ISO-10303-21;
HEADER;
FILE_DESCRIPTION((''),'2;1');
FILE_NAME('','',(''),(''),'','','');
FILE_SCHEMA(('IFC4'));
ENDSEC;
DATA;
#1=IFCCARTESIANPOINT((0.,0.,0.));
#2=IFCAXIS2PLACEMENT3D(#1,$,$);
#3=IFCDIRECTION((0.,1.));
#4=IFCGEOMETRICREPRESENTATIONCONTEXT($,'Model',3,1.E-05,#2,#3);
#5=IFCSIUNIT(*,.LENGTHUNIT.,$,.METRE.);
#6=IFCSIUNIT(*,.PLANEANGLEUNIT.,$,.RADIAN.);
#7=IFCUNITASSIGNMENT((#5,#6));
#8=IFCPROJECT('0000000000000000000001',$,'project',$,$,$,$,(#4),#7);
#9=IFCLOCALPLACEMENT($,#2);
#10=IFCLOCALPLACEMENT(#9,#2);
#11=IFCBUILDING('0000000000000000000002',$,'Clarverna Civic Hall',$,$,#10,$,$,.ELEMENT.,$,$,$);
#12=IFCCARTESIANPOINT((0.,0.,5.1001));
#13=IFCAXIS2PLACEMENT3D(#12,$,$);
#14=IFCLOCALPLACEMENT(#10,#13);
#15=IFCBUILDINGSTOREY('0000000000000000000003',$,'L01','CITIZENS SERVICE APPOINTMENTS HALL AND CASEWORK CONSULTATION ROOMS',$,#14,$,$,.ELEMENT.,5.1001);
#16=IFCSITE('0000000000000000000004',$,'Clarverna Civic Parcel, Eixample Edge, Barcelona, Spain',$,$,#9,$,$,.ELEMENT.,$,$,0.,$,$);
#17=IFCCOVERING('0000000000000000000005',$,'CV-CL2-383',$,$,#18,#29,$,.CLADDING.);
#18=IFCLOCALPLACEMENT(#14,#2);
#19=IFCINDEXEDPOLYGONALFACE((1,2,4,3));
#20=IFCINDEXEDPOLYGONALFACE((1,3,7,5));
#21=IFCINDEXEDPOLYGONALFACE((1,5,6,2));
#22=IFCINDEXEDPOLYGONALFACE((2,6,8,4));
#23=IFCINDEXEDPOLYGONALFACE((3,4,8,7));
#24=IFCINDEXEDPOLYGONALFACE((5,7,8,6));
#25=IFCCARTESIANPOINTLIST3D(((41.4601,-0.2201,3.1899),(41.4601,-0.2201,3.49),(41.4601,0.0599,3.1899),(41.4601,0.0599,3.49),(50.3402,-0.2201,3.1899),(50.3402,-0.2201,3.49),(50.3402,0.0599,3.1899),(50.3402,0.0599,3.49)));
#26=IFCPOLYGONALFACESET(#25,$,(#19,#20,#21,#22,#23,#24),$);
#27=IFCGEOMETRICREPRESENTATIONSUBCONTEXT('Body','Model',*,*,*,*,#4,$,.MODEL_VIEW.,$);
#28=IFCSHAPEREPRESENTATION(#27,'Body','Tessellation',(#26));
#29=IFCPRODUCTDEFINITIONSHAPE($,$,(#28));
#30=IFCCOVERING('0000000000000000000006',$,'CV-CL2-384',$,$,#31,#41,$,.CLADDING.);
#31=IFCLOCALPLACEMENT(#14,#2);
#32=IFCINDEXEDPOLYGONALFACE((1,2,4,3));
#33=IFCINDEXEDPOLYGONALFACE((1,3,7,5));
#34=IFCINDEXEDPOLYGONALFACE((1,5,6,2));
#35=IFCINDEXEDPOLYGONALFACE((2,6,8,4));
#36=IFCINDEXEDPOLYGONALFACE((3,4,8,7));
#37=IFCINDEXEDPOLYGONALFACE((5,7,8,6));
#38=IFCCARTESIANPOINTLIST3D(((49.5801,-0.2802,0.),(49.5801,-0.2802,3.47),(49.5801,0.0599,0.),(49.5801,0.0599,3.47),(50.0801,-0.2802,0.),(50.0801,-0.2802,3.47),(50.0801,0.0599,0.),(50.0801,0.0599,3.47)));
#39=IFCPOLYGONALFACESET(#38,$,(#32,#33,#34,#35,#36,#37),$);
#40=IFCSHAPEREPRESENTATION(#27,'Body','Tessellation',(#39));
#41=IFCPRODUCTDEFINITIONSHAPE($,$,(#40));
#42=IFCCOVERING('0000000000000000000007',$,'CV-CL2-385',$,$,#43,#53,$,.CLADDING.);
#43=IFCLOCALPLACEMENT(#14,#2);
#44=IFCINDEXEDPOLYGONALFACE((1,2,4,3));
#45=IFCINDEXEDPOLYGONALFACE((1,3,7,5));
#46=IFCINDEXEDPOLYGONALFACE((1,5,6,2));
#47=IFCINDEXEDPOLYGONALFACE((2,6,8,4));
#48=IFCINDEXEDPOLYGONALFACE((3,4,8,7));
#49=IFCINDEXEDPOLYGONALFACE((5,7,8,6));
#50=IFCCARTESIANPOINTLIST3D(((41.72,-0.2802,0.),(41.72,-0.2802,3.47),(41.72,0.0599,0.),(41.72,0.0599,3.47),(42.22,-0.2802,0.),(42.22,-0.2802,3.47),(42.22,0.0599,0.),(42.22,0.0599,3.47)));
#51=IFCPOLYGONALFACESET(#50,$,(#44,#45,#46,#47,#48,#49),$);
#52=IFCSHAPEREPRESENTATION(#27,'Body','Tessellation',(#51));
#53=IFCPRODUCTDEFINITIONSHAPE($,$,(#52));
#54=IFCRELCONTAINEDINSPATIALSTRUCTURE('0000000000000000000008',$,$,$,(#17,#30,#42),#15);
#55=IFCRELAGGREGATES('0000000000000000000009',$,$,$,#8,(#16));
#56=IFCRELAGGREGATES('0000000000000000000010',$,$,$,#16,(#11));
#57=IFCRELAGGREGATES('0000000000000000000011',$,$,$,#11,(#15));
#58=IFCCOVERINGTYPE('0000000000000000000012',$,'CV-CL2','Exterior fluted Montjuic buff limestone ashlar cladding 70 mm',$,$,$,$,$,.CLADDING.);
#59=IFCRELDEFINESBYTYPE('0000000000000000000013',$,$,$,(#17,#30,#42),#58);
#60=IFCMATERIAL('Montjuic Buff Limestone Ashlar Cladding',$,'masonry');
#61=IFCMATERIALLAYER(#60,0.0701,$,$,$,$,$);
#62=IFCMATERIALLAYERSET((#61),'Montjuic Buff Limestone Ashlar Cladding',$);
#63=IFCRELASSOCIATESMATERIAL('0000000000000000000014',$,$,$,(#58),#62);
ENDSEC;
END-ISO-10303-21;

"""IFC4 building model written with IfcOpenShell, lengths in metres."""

from ifc_helpers import new_model, si_unit, direction, frame, frame_2d, origin, place, context, subcontext, project, spatial, rectangle, extrude, material, layer, layer_set, type_object, element, save


model = new_model("IFC4")

# Units and contexts
model_context = context("Model", 3, precision=1e-05, world=origin(), true_north=direction((0.0, 1.0)))
body_context = subcontext(model_context, "Body", "Model", "MODEL_VIEW")
ifc_project = project(units=[si_unit("LENGTHUNIT", "METRE"), si_unit("PLANEANGLEUNIT", "RADIAN")], contexts=[model_context])

# Site, building, storey
site_placement = place(None, origin())
site = spatial("IfcSite", under=ifc_project, at=site_placement, Name="Clarverna Civic Parcel, Eixample Edge, Barcelona, Spain", CompositionType="ELEMENT", RefElevation=0.0)
building_placement = place(site_placement, origin())
building = spatial("IfcBuilding", under=site, at=building_placement, Name="Clarverna Civic Hall", CompositionType="ELEMENT")
storey_placement = place(building_placement, frame((0.0, 0.0, 5.1001)))
storey = spatial("IfcBuildingStorey", under=building, at=storey_placement, Name="L01", Description="CITIZENS SERVICE APPOINTMENTS HALL AND CASEWORK CONSULTATION ROOMS", CompositionType="ELEMENT", Elevation=5.1001)

# Coverings
ifc_material_1 = material(Name="Montjuic Buff Limestone Ashlar Cladding", Category="masonry")
ifc_layer_1 = layer(ifc_material_1, 0.0701)
ifc_layer_set_1 = layer_set([ifc_layer_1], Name="Montjuic Buff Limestone Ashlar Cladding")
covering_type = type_object("IfcCoveringType", Name="CV-CL2", Description="Exterior fluted Montjuic buff limestone ashlar cladding 70 mm", PredefinedType="CLADDING", material=ifc_layer_set_1)
covering_1_placement = place(storey_placement, frame((50.3401, -0.0801, 3.1899), z_axis=(0.0, 0.0, 1.0), x_axis=(-1.0, 0.0, 0.0)))
element("IfcCovering", 1, at=covering_1_placement, inside=storey, type_object=covering_type, Name="CV-CL2-383", PredefinedType="CLADDING", context=body_context, shape_type="SweptSolid", body=[
    extrude(rectangle(XDim=8.8801, YDim=0.28, at=frame_2d((4.4399, 0.0))), origin(), (0.0, 0.0, 1.0), 0.3),
])
for number, where, z_axis, x_axis, name in (
    (2, (50.0801, -0.1101, 0.0), (0.0, 0.0, 1.0), (-1.0, 0.0, 0.0), "CV-CL2-384"),
    (3, (42.22, -0.1101, 0.0), (0.0, 0.0, 1.0), (-1.0, 0.0, 0.0), "CV-CL2-385"),
):
    element("IfcCovering", number, at=place(storey_placement, frame(where, z_axis=z_axis, x_axis=x_axis)), inside=storey, type_object=covering_type, Name=name, PredefinedType="CLADDING", context=body_context, shape_type="SweptSolid", body=[
        extrude(rectangle(XDim=0.5, YDim=0.3401, at=frame_2d((0.25, 0.0))), origin(), (0.0, 0.0, 1.0), 3.47),
    ])

save(model, "model.ifc")
